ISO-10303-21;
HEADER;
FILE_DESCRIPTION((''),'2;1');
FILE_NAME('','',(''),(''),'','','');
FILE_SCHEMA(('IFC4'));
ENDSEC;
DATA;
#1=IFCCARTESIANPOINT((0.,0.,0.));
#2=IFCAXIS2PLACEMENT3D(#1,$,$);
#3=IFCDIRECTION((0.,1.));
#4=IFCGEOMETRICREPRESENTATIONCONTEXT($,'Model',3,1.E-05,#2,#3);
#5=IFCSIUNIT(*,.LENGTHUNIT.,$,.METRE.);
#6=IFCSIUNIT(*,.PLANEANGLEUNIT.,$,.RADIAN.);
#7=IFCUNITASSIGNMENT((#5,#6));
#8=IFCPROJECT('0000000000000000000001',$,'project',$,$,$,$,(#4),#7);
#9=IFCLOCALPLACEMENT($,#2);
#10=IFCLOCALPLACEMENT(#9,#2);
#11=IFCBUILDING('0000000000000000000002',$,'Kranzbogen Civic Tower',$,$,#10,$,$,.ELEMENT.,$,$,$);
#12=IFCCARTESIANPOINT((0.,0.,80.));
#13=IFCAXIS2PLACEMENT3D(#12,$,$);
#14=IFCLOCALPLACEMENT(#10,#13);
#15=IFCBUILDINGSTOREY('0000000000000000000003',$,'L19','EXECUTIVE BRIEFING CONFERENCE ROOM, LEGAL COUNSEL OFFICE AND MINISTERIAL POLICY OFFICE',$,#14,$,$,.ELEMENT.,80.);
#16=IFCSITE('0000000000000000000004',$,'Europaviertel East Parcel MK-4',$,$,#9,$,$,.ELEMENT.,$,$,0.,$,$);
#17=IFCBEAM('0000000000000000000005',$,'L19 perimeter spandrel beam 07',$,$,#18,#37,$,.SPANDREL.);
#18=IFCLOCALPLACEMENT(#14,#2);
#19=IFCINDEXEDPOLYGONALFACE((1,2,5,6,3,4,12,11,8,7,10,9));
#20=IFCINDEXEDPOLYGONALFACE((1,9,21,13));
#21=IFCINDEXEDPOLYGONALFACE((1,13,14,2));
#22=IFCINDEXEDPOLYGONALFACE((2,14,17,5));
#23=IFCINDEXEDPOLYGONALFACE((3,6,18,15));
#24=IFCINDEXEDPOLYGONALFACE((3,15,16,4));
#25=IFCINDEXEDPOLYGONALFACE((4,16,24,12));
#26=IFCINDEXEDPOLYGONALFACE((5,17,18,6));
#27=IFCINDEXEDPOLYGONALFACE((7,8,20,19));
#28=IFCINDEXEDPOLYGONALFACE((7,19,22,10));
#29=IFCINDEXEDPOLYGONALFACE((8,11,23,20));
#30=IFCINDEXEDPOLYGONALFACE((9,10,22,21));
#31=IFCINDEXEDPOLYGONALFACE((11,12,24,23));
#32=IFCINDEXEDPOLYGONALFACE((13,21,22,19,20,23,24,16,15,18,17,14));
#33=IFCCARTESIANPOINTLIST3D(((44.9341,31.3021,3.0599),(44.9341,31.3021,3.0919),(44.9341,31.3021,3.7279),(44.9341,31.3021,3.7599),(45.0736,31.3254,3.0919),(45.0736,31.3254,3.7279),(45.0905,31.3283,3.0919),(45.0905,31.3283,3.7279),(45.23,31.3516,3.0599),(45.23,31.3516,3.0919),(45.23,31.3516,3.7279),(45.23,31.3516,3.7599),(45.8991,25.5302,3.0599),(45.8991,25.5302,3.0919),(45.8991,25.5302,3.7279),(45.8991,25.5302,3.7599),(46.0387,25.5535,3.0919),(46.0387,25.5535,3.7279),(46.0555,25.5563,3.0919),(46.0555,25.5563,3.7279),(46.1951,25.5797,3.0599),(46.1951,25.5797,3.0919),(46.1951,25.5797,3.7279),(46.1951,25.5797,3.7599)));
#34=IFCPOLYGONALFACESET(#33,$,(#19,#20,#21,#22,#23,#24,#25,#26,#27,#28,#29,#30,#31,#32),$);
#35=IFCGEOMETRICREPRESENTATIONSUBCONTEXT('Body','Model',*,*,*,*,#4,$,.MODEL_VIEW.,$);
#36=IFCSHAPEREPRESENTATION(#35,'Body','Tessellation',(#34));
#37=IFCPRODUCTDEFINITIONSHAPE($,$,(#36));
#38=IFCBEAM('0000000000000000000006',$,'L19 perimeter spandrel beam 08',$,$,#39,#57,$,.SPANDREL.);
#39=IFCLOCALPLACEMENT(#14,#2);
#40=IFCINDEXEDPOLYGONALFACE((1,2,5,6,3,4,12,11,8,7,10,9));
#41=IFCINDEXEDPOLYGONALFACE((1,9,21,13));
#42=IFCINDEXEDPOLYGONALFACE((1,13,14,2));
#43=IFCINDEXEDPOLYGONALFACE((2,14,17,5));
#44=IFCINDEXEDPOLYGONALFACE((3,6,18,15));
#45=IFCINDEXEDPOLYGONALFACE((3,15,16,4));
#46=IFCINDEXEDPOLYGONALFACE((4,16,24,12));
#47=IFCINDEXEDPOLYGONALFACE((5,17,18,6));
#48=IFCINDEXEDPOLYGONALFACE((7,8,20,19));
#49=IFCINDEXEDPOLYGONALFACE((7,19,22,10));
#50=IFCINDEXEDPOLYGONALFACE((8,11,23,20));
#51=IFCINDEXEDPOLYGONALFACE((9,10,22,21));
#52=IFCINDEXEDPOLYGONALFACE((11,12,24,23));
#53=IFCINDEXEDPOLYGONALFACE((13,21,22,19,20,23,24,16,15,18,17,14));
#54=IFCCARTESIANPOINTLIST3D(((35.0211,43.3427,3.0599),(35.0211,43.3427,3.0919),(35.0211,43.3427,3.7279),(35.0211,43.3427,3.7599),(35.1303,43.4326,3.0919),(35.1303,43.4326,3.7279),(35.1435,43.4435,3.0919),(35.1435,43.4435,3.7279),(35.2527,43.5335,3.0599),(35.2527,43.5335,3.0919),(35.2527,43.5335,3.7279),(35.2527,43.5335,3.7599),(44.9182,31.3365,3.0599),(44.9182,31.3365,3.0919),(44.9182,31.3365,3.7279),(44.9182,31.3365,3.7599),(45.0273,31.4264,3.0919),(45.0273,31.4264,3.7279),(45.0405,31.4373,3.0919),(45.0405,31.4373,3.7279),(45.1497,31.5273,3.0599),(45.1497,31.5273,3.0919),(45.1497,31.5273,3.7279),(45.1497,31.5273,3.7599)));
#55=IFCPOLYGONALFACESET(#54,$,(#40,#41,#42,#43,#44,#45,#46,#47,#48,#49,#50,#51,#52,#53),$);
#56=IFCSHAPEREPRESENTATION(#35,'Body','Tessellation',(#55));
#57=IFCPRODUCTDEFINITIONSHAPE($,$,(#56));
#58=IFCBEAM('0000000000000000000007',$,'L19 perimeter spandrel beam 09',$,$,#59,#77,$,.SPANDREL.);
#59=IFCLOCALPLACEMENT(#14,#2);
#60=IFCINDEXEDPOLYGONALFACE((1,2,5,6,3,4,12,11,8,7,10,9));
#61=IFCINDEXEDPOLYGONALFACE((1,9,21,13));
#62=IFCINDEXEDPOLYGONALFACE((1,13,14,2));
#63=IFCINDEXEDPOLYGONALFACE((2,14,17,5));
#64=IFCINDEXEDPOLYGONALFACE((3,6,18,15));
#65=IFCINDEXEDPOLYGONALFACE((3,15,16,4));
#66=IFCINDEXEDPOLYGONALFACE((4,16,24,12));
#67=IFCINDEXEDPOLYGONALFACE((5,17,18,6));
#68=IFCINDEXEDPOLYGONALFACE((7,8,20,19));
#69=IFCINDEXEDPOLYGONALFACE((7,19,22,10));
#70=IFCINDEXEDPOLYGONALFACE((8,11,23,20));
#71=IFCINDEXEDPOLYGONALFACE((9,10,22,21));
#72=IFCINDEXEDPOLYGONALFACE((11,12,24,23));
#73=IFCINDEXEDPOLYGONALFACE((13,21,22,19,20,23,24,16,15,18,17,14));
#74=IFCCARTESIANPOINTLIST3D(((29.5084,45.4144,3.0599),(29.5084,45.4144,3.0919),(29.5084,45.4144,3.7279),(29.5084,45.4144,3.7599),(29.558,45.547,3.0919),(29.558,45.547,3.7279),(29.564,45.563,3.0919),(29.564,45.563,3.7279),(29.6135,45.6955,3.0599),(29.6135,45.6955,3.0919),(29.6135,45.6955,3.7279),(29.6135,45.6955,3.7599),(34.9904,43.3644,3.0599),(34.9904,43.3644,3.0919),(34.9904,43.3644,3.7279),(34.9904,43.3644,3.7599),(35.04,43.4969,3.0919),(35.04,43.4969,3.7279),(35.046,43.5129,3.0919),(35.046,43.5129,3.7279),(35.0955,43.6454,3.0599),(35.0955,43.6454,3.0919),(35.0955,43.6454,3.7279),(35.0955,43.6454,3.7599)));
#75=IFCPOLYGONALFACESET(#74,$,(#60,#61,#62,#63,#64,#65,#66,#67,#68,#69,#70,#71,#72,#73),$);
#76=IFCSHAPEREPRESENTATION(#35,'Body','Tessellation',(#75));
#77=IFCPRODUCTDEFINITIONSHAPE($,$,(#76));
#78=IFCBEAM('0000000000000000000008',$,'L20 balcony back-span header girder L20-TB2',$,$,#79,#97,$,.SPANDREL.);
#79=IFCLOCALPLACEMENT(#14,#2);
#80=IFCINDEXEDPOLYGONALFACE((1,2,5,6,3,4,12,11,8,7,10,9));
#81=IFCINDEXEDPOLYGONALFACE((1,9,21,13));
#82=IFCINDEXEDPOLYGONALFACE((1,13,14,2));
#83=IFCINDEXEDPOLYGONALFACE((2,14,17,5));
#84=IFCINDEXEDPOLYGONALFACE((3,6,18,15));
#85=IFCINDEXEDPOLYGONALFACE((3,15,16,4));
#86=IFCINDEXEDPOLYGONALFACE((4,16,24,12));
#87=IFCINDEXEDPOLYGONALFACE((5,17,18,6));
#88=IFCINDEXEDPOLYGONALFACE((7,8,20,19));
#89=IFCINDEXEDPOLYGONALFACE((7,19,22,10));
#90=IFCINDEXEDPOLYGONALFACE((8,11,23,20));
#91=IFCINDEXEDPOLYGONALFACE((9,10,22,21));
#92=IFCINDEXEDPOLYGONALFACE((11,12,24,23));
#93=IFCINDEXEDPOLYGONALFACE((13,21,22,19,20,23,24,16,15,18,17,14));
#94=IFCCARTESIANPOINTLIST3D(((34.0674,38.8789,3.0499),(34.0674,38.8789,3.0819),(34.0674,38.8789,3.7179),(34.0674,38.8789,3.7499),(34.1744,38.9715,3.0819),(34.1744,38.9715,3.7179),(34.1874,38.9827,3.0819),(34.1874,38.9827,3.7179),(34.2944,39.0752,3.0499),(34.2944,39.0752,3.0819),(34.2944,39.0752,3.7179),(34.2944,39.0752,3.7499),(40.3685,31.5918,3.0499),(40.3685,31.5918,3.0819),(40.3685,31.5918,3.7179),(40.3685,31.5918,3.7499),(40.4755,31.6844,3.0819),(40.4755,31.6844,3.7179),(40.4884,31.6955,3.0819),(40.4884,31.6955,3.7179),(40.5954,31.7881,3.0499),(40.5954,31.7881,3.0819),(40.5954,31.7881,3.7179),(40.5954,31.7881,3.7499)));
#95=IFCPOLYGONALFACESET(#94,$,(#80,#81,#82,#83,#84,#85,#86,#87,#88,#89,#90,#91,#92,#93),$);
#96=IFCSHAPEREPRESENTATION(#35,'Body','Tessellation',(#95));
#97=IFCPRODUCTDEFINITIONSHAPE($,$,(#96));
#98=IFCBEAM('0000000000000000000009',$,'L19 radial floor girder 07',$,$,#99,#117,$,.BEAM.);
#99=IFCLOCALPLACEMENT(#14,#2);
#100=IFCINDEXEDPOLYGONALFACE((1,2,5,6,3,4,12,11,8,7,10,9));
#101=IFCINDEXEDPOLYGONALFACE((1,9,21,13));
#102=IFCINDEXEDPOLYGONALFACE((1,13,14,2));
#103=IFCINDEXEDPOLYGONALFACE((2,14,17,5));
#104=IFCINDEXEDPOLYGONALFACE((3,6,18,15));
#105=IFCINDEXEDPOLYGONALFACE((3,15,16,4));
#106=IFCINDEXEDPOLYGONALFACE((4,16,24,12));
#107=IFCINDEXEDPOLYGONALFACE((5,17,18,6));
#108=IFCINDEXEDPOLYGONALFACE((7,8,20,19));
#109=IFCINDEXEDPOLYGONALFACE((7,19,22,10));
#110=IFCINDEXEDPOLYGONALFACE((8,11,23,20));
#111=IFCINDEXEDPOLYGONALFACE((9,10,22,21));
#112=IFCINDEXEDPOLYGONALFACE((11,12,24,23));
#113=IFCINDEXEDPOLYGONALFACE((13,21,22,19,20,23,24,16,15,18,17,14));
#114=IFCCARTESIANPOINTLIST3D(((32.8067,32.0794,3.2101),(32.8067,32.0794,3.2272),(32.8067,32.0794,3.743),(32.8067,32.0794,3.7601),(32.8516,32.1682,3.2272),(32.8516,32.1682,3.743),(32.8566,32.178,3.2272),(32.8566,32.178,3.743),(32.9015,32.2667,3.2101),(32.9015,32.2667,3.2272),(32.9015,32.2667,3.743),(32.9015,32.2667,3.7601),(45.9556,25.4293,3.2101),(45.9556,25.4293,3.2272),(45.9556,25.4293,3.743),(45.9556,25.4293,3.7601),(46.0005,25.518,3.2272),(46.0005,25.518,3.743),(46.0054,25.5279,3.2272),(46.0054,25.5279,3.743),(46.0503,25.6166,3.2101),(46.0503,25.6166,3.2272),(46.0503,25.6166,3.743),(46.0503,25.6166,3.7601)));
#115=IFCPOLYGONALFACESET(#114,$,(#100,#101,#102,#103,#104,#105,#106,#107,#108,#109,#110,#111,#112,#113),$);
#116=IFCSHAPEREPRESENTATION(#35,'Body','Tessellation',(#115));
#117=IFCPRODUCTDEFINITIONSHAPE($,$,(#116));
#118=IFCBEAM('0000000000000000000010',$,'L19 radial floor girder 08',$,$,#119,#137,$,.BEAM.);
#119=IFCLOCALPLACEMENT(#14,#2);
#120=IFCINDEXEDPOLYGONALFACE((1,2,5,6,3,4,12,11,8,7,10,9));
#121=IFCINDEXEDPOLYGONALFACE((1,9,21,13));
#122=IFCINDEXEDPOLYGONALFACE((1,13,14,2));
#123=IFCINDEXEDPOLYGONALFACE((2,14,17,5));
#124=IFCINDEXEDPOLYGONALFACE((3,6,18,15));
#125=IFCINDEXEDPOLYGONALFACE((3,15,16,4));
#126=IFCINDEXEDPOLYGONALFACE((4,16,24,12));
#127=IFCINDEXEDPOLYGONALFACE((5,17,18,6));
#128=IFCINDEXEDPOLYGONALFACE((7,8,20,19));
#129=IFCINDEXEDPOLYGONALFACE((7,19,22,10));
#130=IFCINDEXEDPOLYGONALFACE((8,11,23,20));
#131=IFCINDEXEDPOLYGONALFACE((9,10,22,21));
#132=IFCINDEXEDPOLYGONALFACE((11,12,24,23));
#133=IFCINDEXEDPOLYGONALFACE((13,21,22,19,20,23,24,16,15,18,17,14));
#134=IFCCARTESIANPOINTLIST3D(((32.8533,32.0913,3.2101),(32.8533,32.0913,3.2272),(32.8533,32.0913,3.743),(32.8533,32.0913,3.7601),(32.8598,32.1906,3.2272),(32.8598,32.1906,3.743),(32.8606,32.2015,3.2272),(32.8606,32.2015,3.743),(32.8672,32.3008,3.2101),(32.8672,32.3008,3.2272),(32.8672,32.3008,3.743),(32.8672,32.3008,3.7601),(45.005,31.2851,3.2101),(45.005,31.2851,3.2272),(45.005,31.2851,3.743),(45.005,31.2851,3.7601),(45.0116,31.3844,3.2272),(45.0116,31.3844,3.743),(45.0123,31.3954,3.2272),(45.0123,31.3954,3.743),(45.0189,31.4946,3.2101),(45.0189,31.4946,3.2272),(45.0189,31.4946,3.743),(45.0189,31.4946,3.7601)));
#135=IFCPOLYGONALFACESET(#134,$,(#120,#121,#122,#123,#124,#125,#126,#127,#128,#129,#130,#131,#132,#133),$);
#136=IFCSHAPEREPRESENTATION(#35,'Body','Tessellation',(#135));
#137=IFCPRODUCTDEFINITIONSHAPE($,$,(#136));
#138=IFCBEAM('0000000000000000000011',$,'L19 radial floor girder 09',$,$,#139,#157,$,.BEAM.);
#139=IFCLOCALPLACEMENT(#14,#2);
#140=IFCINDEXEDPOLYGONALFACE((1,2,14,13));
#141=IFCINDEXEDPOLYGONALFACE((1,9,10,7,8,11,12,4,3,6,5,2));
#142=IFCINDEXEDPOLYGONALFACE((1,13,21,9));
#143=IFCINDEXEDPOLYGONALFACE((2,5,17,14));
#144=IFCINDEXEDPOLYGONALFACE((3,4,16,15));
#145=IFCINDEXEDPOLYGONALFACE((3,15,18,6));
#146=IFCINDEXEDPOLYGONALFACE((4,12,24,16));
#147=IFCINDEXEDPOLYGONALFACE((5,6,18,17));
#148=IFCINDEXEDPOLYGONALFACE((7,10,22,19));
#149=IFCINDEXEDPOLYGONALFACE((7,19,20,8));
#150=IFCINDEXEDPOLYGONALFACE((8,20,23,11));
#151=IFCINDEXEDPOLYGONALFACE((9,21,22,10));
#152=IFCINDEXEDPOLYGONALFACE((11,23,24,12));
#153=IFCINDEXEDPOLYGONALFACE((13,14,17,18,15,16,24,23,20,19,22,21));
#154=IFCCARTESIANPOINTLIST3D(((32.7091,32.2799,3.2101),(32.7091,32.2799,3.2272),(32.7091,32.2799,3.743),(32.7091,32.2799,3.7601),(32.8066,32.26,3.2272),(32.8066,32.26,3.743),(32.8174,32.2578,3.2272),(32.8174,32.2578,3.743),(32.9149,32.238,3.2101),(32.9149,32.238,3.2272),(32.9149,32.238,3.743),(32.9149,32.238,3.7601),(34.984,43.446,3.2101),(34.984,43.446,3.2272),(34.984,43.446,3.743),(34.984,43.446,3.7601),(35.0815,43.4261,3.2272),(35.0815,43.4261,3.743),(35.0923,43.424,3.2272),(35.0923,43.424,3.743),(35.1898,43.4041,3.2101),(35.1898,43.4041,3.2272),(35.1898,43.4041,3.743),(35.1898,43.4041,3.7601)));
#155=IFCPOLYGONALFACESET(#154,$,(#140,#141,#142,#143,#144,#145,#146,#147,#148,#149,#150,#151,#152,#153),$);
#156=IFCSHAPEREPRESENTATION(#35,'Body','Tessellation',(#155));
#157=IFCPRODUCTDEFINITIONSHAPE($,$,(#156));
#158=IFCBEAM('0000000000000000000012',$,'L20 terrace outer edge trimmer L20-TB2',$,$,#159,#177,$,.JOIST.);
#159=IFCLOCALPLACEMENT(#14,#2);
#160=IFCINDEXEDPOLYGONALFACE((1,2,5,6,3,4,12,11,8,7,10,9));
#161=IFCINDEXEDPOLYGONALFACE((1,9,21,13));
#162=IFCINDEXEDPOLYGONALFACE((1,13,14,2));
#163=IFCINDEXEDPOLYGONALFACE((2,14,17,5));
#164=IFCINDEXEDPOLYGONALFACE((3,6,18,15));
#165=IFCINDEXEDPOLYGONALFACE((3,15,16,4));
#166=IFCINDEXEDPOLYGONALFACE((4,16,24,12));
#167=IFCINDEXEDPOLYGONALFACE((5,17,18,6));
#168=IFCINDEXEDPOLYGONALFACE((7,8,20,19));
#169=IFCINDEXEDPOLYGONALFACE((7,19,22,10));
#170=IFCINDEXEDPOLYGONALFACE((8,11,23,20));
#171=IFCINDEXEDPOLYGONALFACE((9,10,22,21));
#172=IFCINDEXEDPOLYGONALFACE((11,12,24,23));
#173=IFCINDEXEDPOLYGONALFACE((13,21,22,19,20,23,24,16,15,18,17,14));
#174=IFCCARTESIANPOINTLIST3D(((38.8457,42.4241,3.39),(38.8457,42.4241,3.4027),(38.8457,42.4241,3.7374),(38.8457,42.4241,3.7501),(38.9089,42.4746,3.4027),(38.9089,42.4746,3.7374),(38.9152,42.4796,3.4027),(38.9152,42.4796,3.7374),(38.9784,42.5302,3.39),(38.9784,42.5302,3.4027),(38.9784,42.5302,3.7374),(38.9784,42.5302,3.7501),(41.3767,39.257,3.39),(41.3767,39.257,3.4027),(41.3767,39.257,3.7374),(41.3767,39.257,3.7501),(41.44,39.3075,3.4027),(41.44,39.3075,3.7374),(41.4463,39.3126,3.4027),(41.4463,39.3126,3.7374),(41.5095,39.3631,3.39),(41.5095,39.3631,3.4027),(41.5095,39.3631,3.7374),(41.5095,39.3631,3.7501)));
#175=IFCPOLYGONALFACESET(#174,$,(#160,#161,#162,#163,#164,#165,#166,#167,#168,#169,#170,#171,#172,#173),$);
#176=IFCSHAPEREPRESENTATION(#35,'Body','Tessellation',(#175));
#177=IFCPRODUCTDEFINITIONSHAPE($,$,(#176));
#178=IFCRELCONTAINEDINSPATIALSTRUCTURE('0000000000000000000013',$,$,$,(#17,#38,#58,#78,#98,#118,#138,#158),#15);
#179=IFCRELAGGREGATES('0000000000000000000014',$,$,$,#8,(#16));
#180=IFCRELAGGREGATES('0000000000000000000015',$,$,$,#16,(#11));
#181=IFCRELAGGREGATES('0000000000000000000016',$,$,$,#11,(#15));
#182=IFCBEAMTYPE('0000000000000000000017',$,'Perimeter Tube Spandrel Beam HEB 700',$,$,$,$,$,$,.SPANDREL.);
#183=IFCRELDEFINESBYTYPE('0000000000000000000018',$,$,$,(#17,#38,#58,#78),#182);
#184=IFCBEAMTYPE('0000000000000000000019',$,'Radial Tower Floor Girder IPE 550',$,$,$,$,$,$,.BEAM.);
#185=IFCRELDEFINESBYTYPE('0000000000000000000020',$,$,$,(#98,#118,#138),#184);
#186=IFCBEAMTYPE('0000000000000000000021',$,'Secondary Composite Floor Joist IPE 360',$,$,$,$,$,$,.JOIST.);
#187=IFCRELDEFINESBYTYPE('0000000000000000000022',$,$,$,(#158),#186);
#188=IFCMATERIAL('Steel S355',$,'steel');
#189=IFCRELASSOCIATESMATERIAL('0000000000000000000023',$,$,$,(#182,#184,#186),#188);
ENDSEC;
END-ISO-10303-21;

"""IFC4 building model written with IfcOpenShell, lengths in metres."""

from ifc_helpers import new_model, si_unit, direction, frame, origin, origin_2d, place, context, subcontext, project, spatial, i_section, extrude, material, material_profile, profile_set, type_object, element, save


model = new_model("IFC4")

# Units and contexts
model_context = context("Model", 3, precision=1e-05, world=origin(), true_north=direction((0.0, 1.0)))
body_context = subcontext(model_context, "Body", "Model", "MODEL_VIEW")
ifc_project = project(units=[si_unit("LENGTHUNIT", "METRE"), si_unit("PLANEANGLEUNIT", "RADIAN")], contexts=[model_context])

# Site, building, storey
site_placement = place(None, origin())
site = spatial("IfcSite", under=ifc_project, at=site_placement, Name="Europaviertel East Parcel MK-4", CompositionType="ELEMENT", RefElevation=0.0)
building_placement = place(site_placement, origin())
building = spatial("IfcBuilding", under=site, at=building_placement, Name="Kranzbogen Civic Tower", CompositionType="ELEMENT")
storey_placement = place(building_placement, frame((0.0, 0.0, 80.0)))
storey = spatial("IfcBuildingStorey", under=building, at=storey_placement, Name="L19", Description="EXECUTIVE BRIEFING CONFERENCE ROOM, LEGAL COUNSEL OFFICE AND MINISTERIAL POLICY OFFICE", CompositionType="ELEMENT", Elevation=80.0)

# Shared definitions
ifc_material_1 = material(Name="Steel S355", Category="steel")

# Beams
ifc_material_profile_1 = material_profile(ifc_material_1, i_section(OverallWidth=0.3, OverallDepth=0.7, WebThickness=0.0171, FlangeThickness=0.032, at=origin_2d()), Name="HEB 700")
ifc_profile_set_1 = profile_set([ifc_material_profile_1], Name="Steel S355")
beam_type_1 = type_object("IfcBeamType", Name="Perimeter Tube Spandrel Beam HEB 700", PredefinedType="SPANDREL", material=ifc_profile_set_1)
beam_1_placement = place(storey_placement, frame((46.0471, 25.5549, 3.4099), z_axis=(-0.164913, 0.986308, 0.0), x_axis=(-0.986308, -0.164913, 0.0)))
element("IfcBeam", 1, at=beam_1_placement, inside=storey, type_object=beam_type_1, Name="L19 perimeter spandrel beam 07", PredefinedType="SPANDREL", context=body_context, shape_type="SweptSolid", body=[
    extrude(i_section(OverallWidth=0.3, OverallDepth=0.7, WebThickness=0.0171, FlangeThickness=0.032, at=origin_2d()), origin(), (0.0, 0.0, 1.0), 5.8521),
])
beam_2_placement = place(storey_placement, frame((45.0339, 31.4319, 3.4099), z_axis=(-0.636075, 0.771628, 0.0), x_axis=(-0.771628, -0.636075, 0.0)))
element("IfcBeam", 2, at=beam_2_placement, inside=storey, type_object=beam_type_1, Name="L19 perimeter spandrel beam 08", PredefinedType="SPANDREL", context=body_context, shape_type="SweptSolid", body=[
    extrude(i_section(OverallWidth=0.3, OverallDepth=0.7, WebThickness=0.0171, FlangeThickness=0.032, at=origin_2d()), origin(), (0.0, 0.0, 1.0), 15.5596),
])
beam_3_placement = place(storey_placement, frame((35.043, 43.5049, 3.4099), z_axis=(-0.936648, 0.350273, 0.0), x_axis=(-0.350273, -0.936648, 0.0)))
element("IfcBeam", 3, at=beam_3_placement, inside=storey, type_object=beam_type_1, Name="L19 perimeter spandrel beam 09", PredefinedType="SPANDREL", context=body_context, shape_type="SweptSolid", body=[
    extrude(i_section(OverallWidth=0.3, OverallDepth=0.7, WebThickness=0.0171, FlangeThickness=0.032, at=origin_2d()), origin(), (0.0, 0.0, 1.0), 5.8528),
])
beam_4_placement = place(storey_placement, frame((40.4819, 31.6899, 3.3999), z_axis=(-0.654072, 0.756432, 0.0), x_axis=(-0.756432, -0.654072, 0.0)))
element("IfcBeam", 4, at=beam_4_placement, inside=storey, type_object=beam_type_1, Name="L20 balcony back-span header girder L20-TB2", PredefinedType="SPANDREL", context=body_context, shape_type="SweptSolid", body=[
    extrude(i_section(OverallWidth=0.3, OverallDepth=0.7, WebThickness=0.0171, FlangeThickness=0.032, at=origin_2d()), origin(), (0.0, 0.0, 1.0), 9.6335),
])
ifc_material_profile_2 = material_profile(ifc_material_1, i_section(OverallWidth=0.21, OverallDepth=0.55, WebThickness=0.011, FlangeThickness=0.0171, at=origin_2d()), Name="IPE 550")
ifc_profile_set_2 = profile_set([ifc_material_profile_2], Name="Steel S355")
beam_type_2 = type_object("IfcBeamType", Name="Radial Tower Floor Girder IPE 550", PredefinedType="BEAM", material=ifc_profile_set_2)
beam_5_placement = place(storey_placement, frame((46.0029, 25.5229, 3.4851), z_axis=(-0.892363, 0.451318, 0.0), x_axis=(-0.451318, -0.892363, 0.0)))
element("IfcBeam", 5, at=beam_5_placement, inside=storey, type_object=beam_type_2, Name="L19 radial floor girder 07", PredefinedType="BEAM", context=body_context, shape_type="SweptSolid", body=[
    extrude(i_section(OverallWidth=0.21, OverallDepth=0.55, WebThickness=0.011, FlangeThickness=0.0171, at=origin_2d()), origin(), (0.0, 0.0, 1.0), 14.7349),
])
beam_6_placement = place(storey_placement, frame((45.012, 31.3899, 3.4851), z_axis=(-0.997807, 0.066194, 0.0), x_axis=(-0.066194, -0.997807, 0.0)))
element("IfcBeam", 6, at=beam_6_placement, inside=storey, type_object=beam_type_2, Name="L19 radial floor girder 08", PredefinedType="BEAM", context=body_context, shape_type="SweptSolid", body=[
    extrude(i_section(OverallWidth=0.21, OverallDepth=0.55, WebThickness=0.011, FlangeThickness=0.0171, at=origin_2d()), origin(), (0.0, 0.0, 1.0), 12.1785),
])
beam_7_placement = place(storey_placement, frame((35.0869, 43.425, 3.4851), z_axis=(-0.199633, -0.979871, 0.0), x_axis=(0.979871, -0.199633, 0.0)))
element("IfcBeam", 7, at=beam_7_placement, inside=storey, type_object=beam_type_2, Name="L19 radial floor girder 09", PredefinedType="BEAM", context=body_context, shape_type="SweptSolid", body=[
    extrude(i_section(OverallWidth=0.21, OverallDepth=0.55, WebThickness=0.011, FlangeThickness=0.0171, at=origin_2d()), origin(), (0.0, 0.0, 1.0), 11.3955),
])
ifc_material_profile_3 = material_profile(ifc_material_1, i_section(OverallWidth=0.1699, OverallDepth=0.3601, WebThickness=0.0081, FlangeThickness=0.0127, at=origin_2d()), Name="IPE 360")
ifc_profile_set_3 = profile_set([ifc_material_profile_3], Name="Steel S355")
beam_type_3 = type_object("IfcBeamType", Name="Secondary Composite Floor Joist IPE 360", PredefinedType="JOIST", material=ifc_profile_set_3)
beam_8_placement = place(storey_placement, frame((41.4431, 39.3101, 3.5701), z_axis=(-0.624306, 0.78118, 0.0), x_axis=(-0.78118, -0.624306, 0.0)))
element("IfcBeam", 8, at=beam_8_placement, inside=storey, type_object=beam_type_3, Name="L20 terrace outer edge trimmer L20-TB2", PredefinedType="JOIST", context=body_context, shape_type="SweptSolid", body=[
    extrude(i_section(OverallWidth=0.1699, OverallDepth=0.3601, WebThickness=0.0081, FlangeThickness=0.0127, at=origin_2d()), origin(), (0.0, 0.0, 1.0), 4.0542),
])

save(model, "model.ifc")
